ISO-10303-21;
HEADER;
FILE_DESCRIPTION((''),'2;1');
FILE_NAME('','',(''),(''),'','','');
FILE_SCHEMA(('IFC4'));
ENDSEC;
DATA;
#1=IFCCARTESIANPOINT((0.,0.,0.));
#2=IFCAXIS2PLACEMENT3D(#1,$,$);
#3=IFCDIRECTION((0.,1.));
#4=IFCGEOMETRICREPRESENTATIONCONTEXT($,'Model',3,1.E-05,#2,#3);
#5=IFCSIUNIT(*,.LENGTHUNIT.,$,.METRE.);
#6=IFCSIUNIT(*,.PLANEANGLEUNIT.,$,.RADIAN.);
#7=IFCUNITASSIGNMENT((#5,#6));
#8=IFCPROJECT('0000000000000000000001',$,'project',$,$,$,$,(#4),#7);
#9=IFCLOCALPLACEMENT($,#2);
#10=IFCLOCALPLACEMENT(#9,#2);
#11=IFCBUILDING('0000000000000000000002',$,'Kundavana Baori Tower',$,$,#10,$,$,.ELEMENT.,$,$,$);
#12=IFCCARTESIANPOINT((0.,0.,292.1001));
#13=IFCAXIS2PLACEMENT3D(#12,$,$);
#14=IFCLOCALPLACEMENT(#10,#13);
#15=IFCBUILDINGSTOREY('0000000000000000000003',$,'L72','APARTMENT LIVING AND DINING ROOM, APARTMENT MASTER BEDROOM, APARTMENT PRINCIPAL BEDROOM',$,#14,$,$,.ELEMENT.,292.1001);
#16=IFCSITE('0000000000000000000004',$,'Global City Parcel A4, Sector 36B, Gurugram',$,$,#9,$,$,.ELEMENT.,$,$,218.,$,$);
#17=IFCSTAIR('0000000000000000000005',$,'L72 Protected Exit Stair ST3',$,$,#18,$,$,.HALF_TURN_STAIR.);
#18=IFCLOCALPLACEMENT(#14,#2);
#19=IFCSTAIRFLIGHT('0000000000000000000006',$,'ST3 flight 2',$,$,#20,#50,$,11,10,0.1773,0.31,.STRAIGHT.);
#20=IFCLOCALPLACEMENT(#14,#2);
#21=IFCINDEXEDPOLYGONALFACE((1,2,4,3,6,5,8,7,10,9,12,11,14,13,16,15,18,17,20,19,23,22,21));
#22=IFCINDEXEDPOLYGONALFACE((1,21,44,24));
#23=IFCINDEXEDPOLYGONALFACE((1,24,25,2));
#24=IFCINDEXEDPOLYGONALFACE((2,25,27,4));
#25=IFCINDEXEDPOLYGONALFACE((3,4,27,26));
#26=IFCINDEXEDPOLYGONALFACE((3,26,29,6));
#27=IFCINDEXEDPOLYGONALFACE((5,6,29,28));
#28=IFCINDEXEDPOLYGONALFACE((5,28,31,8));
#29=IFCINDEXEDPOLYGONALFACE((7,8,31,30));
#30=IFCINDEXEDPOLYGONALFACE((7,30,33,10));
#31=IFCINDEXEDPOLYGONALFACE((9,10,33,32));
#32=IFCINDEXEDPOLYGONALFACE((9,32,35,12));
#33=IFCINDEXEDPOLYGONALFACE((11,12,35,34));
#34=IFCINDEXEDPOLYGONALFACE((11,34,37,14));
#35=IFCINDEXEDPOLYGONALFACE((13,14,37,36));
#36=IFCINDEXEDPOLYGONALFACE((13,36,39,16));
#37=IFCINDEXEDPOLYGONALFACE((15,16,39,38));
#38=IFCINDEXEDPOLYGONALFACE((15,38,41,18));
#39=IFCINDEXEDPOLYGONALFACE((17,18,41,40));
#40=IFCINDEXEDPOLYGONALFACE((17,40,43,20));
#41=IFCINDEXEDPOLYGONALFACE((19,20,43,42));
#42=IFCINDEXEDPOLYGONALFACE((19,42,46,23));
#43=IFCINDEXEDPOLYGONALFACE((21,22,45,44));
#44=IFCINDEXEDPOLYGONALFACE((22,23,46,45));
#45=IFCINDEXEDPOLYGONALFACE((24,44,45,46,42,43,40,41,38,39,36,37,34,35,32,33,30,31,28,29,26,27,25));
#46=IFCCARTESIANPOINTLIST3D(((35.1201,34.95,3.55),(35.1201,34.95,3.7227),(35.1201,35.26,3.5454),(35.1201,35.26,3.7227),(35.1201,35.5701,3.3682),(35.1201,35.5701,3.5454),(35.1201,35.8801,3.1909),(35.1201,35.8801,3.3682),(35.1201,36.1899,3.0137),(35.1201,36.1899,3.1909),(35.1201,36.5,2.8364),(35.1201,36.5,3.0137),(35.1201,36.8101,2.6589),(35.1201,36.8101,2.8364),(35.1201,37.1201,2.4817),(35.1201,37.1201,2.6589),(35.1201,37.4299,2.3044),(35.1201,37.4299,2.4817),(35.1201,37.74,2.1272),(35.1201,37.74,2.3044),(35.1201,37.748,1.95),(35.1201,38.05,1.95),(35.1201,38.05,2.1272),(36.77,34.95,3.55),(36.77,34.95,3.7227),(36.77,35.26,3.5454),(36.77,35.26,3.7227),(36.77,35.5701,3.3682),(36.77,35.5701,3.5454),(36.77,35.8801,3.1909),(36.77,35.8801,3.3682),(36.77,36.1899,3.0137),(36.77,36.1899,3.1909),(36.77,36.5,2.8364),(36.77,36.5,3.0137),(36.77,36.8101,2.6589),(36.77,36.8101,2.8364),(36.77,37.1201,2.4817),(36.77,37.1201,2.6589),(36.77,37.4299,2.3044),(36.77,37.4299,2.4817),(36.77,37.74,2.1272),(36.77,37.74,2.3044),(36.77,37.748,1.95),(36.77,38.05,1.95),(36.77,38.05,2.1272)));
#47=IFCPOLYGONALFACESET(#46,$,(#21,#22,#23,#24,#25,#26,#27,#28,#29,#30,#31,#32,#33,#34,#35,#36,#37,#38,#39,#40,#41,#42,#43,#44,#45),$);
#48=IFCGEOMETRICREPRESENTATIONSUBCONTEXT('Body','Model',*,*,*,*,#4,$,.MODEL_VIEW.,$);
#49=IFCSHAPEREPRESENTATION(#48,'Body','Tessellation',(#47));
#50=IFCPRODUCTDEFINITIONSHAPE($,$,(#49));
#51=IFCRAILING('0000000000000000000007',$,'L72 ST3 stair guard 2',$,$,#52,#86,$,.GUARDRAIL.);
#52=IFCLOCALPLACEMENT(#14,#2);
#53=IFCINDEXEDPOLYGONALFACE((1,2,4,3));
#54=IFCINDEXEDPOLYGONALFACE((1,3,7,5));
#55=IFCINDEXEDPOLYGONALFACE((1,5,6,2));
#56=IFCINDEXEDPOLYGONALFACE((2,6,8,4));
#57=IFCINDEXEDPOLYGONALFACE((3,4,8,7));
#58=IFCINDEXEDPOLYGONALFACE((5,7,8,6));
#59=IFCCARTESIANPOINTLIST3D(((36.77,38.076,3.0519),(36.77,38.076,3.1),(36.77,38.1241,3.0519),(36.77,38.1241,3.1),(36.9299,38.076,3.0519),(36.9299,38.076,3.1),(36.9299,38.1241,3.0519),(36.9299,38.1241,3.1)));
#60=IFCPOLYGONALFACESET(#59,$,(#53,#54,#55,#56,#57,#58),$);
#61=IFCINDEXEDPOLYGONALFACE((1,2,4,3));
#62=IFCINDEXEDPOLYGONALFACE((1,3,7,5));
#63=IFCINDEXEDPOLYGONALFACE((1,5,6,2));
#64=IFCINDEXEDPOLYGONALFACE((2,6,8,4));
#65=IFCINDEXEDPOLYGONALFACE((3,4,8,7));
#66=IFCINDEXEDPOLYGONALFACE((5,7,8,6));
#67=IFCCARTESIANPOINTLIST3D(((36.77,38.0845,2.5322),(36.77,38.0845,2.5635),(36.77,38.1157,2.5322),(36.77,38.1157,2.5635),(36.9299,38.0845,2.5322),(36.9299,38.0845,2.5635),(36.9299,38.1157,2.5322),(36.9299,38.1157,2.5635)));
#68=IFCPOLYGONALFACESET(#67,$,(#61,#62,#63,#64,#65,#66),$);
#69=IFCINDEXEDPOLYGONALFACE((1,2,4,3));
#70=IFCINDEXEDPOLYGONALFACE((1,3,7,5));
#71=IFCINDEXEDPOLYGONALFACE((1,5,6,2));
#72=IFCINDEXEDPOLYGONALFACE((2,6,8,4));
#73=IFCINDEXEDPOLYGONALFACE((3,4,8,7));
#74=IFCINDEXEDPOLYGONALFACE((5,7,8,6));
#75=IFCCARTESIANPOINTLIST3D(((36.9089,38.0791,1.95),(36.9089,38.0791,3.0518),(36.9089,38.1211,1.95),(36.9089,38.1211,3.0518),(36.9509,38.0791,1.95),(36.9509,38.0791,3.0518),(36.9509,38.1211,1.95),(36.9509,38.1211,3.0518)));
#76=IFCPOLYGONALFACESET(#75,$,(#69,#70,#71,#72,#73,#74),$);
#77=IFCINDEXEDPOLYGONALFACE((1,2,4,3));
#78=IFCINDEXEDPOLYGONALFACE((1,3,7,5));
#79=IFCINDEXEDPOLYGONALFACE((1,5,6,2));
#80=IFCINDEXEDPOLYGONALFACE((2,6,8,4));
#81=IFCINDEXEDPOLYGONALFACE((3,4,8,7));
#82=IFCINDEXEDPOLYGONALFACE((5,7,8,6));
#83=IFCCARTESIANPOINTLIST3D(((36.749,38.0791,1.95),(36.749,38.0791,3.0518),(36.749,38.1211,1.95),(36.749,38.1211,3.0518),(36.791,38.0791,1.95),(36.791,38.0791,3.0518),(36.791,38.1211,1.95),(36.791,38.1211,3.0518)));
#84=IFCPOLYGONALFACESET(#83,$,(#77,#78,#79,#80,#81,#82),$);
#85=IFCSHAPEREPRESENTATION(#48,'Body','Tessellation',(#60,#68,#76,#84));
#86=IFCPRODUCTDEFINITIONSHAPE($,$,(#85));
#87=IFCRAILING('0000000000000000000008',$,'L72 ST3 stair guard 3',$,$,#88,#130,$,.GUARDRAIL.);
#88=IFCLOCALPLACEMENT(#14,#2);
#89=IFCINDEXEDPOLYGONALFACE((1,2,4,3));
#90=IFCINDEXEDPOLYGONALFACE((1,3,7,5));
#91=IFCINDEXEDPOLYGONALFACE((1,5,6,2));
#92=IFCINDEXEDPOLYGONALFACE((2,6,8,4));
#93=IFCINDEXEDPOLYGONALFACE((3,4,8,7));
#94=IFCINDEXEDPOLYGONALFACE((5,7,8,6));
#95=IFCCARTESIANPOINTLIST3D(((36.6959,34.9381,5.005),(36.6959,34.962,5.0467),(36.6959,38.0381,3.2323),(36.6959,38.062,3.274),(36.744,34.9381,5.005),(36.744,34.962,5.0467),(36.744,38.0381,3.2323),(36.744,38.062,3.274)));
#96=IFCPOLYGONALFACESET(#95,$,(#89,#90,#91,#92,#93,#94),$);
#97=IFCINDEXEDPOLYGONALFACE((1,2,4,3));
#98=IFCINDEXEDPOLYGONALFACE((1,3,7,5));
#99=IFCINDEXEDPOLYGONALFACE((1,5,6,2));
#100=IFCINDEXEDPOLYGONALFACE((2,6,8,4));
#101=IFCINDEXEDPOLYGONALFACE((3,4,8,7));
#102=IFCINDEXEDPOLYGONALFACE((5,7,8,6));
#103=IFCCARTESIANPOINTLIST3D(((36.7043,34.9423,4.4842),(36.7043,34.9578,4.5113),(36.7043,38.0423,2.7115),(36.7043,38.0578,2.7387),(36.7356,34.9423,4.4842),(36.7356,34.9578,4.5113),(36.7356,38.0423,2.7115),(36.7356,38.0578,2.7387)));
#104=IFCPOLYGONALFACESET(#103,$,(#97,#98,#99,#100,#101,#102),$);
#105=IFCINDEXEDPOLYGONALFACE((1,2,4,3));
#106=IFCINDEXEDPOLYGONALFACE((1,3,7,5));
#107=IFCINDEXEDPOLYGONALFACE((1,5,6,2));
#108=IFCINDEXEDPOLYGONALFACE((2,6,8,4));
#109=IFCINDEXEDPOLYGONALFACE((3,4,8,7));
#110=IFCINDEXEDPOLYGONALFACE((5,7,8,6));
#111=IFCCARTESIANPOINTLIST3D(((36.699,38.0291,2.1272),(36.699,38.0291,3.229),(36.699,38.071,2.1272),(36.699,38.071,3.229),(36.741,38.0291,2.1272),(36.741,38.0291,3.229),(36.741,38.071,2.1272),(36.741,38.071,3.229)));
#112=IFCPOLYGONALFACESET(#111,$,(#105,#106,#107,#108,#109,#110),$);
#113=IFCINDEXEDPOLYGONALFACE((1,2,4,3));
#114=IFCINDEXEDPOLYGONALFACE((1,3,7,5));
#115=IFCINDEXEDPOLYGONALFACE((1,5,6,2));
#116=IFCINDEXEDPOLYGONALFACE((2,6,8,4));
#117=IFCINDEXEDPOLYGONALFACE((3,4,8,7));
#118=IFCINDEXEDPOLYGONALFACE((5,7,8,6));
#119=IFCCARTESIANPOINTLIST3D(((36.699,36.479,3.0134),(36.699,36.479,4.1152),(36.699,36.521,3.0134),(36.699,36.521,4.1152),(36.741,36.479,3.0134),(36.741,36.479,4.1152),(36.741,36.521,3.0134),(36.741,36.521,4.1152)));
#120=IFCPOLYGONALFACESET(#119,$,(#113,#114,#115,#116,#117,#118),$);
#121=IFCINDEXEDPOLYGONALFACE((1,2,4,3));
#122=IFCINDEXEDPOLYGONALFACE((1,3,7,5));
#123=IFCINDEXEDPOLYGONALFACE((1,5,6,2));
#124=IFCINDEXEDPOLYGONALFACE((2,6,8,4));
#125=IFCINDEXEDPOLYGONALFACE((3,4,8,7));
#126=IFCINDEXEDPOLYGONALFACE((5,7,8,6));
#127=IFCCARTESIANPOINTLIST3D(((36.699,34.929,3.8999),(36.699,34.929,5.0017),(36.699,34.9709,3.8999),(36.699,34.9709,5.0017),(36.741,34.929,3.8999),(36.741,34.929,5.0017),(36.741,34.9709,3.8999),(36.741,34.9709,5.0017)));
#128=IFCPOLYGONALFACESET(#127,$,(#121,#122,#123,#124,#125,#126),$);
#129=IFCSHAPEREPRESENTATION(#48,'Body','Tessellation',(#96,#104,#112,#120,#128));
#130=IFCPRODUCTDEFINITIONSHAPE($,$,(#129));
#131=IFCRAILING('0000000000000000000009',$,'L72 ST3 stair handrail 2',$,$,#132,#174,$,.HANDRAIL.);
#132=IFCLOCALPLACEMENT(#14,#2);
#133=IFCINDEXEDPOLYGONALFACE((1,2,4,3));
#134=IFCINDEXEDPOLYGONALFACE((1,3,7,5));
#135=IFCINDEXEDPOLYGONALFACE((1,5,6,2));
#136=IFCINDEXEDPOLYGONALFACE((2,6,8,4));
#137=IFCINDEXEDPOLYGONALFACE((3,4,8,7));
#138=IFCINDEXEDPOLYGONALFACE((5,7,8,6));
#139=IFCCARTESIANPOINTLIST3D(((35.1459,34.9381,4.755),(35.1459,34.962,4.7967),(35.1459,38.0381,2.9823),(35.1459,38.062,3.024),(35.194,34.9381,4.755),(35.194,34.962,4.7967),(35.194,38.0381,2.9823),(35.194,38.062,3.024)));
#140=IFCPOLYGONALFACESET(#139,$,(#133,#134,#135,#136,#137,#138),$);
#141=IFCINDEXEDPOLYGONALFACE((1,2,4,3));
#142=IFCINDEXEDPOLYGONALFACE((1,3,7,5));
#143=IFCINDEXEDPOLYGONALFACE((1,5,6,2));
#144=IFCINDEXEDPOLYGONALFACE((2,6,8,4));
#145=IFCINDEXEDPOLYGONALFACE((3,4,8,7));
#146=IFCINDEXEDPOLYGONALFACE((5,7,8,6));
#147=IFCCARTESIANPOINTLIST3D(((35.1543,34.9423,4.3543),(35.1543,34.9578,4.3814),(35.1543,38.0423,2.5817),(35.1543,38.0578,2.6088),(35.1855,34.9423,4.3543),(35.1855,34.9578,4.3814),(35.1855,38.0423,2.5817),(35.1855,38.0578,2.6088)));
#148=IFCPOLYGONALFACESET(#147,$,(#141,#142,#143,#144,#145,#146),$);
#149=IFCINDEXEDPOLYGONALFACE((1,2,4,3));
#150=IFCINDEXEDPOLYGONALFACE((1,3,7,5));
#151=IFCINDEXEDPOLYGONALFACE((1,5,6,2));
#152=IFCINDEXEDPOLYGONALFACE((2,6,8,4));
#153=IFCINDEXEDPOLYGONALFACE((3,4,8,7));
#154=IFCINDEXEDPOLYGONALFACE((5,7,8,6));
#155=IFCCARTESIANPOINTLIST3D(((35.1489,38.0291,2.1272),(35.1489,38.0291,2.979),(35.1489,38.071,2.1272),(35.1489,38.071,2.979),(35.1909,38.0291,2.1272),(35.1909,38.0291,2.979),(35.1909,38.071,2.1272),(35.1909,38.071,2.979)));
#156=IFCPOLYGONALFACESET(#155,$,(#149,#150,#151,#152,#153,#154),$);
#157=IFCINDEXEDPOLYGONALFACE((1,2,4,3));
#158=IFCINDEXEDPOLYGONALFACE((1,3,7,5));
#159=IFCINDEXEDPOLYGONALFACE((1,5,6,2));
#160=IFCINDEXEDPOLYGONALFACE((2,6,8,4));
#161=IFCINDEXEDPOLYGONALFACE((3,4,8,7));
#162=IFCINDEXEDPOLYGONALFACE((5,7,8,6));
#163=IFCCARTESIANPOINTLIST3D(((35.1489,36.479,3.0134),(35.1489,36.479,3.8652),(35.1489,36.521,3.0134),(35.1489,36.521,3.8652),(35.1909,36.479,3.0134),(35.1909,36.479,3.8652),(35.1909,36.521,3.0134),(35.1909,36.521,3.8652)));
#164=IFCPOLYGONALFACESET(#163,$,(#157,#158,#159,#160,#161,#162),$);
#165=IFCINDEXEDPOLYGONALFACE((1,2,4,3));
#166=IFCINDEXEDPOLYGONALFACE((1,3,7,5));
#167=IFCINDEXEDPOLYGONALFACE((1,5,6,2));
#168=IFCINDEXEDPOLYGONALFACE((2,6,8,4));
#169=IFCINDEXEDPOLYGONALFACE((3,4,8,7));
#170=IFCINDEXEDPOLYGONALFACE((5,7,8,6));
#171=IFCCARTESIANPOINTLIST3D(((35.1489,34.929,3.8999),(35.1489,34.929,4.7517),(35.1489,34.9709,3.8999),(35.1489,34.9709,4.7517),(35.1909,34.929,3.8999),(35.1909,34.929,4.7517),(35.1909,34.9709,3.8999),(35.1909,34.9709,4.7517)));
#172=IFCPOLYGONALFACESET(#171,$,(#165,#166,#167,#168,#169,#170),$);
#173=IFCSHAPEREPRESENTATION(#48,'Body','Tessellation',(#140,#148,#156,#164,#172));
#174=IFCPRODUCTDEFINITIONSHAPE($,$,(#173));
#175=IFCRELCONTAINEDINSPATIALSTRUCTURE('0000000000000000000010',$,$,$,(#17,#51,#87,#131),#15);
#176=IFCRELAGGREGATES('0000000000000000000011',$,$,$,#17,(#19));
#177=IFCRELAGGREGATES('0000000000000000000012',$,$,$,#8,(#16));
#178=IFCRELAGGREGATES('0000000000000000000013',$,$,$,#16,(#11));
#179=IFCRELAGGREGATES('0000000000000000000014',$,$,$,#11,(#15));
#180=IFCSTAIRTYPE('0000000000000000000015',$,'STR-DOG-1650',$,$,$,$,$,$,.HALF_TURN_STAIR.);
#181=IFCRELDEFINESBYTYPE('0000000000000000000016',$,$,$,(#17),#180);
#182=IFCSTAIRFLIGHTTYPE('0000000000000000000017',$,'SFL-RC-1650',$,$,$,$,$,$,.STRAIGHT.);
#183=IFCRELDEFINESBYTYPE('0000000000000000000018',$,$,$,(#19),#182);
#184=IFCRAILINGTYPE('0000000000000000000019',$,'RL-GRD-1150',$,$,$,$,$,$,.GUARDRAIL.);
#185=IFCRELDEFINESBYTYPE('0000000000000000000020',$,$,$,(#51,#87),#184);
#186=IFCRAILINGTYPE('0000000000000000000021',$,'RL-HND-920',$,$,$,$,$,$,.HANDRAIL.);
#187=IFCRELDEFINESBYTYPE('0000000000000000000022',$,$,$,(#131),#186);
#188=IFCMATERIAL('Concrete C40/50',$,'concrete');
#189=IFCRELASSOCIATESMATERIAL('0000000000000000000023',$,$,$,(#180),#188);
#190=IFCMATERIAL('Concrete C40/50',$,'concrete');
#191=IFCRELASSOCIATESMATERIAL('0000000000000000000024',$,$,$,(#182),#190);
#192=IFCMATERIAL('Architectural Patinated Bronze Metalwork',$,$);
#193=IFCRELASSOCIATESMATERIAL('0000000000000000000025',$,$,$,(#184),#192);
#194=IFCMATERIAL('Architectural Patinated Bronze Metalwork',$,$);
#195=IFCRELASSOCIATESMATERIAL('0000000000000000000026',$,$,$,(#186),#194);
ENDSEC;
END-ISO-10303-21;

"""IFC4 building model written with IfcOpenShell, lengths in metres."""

from ifc_helpers import new_model, si_unit, direction, frame, origin, origin_2d, place, context, subcontext, project, spatial, polyline, rectangle, outline, extrude, material, type_object, element, aggregate, save


model = new_model("IFC4")

# Units and contexts
model_context = context("Model", 3, precision=1e-05, world=origin(), true_north=direction((0.0, 1.0)))
body_context = subcontext(model_context, "Body", "Model", "MODEL_VIEW")
ifc_project = project(units=[si_unit("LENGTHUNIT", "METRE"), si_unit("PLANEANGLEUNIT", "RADIAN")], contexts=[model_context])

# Site, building, storey
site_placement = place(None, origin())
site = spatial("IfcSite", under=ifc_project, at=site_placement, Name="Global City Parcel A4, Sector 36B, Gurugram", CompositionType="ELEMENT", RefElevation=218.0)
building_placement = place(site_placement, origin())
building = spatial("IfcBuilding", under=site, at=building_placement, Name="Kundavana Baori Tower", CompositionType="ELEMENT")
storey_placement = place(building_placement, frame((0.0, 0.0, 292.1001)))
storey = spatial("IfcBuildingStorey", under=building, at=storey_placement, Name="L72", Description="APARTMENT LIVING AND DINING ROOM, APARTMENT MASTER BEDROOM, APARTMENT PRINCIPAL BEDROOM", CompositionType="ELEMENT", Elevation=292.1001)

# Stair, stair flight
ifc_material_1 = material(Name="Concrete C40/50", Category="concrete")
stair_type = type_object("IfcStairType", Name="STR-DOG-1650", PredefinedType="HALF_TURN_STAIR", material=ifc_material_1)
stair_placement = place(storey_placement, origin())
stair = element("IfcStair", 1, at=stair_placement, inside=storey, type_object=stair_type, Name="L72 Protected Exit Stair ST3", PredefinedType="HALF_TURN_STAIR")
ifc_material_2 = material(Name="Concrete C40/50", Category="concrete")
stair_flight_type = type_object("IfcStairFlightType", Name="SFL-RC-1650", PredefinedType="STRAIGHT", material=ifc_material_2)
stair_flight_placement = place(storey_placement, frame((35.9451, 38.05, 1.95), z_axis=(0.0, 0.0, 1.0), x_axis=(0.0, -1.0, 0.0)))
stair_flight = element("IfcStairFlight", 2, at=stair_flight_placement, type_object=stair_flight_type, Name="ST3 flight 2", NumberOfRisers=11, NumberOfTreads=10, PredefinedType="STRAIGHT", RiserHeight=0.1773, TreadLength=0.31, context=body_context, shape_type="SweptSolid", body=[
    extrude(outline(polyline([(0.0, 0.0), (0.0, 0.1772), (0.3101, 0.1772), (0.3101, 0.3545), (0.6201, 0.3545), (0.6201, 0.5317), (0.9299, 0.5317), (0.9299, 0.709), (1.24, 0.709), (1.24, 0.8865), (1.55, 0.8865), (1.55, 1.0637), (1.8601, 1.0637), (1.8601, 1.241), (2.1699, 1.241), (2.1699, 1.4182), (2.48, 1.4182), (2.48, 1.5955), (2.79, 1.5955), (2.79, 1.7727), (3.1001, 1.7727), (3.1001, 1.95), (3.1001, 1.6001), (0.302, 0.0), (0.0, 0.0)])), frame((0.0, 0.825, 0.0), z_axis=(0.0, -1.0, 0.0), x_axis=(1.0, 0.0, 0.0)), (0.0, 0.0, 1.0), 1.6499),
])
aggregate(stair, [stair_flight])

# Railings
ifc_material_3 = material(Name="Architectural Patinated Bronze Metalwork")
railing_type_1 = type_object("IfcRailingType", Name="RL-GRD-1150", PredefinedType="GUARDRAIL", material=ifc_material_3)
railing_1_placement = place(storey_placement, frame((36.9299, 38.1001, 1.95)))
element("IfcRailing", 3, at=railing_1_placement, inside=storey, type_object=railing_type_1, Name="L72 ST3 stair guard 2", PredefinedType="GUARDRAIL", context=body_context, shape_type="SweptSolid", body=[
    extrude(rectangle(XDim=0.0481, YDim=0.0481, at=origin_2d()), frame((0.0, 0.0, 1.126), z_axis=(-1.0, 0.0, 0.0), x_axis=(0.0, -1.0, 0.0)), (0.0, 0.0, 1.0), 0.1599),
    extrude(rectangle(XDim=0.0312, YDim=0.0312, at=origin_2d()), frame((0.0, 0.0, 0.5979), z_axis=(-1.0, 0.0, 0.0), x_axis=(0.0, -1.0, 0.0)), (0.0, 0.0, 1.0), 0.1599),
    extrude(rectangle(XDim=0.042, YDim=0.042, at=origin_2d()), origin(), (0.0, 0.0, 1.0), 1.1018),
    extrude(rectangle(XDim=0.042, YDim=0.042, at=origin_2d()), frame((-0.1599, 0.0, 0.0)), (0.0, 0.0, 1.0), 1.1018),
])
railing_2_placement = place(storey_placement, frame((36.72, 38.05, 2.1272)))
element("IfcRailing", 4, at=railing_2_placement, inside=storey, type_object=railing_type_1, Name="L72 ST3 stair guard 3", PredefinedType="GUARDRAIL", context=body_context, shape_type="SweptSolid", body=[
    extrude(rectangle(XDim=0.0481, YDim=0.0481, at=origin_2d()), frame((0.0, 0.0, 1.126), z_axis=(0.0, -0.868096, 0.496397), x_axis=(1.0, 0.0, 0.0)), (0.0, 0.0, 1.0), 3.571),
    extrude(rectangle(XDim=0.0312, YDim=0.0312, at=origin_2d()), frame((0.0, 0.0, 0.5979), z_axis=(0.0, -0.868096, 0.496397), x_axis=(1.0, 0.0, 0.0)), (0.0, 0.0, 1.0), 3.571),
    extrude(rectangle(XDim=0.042, YDim=0.042, at=origin_2d()), origin(), (0.0, 0.0, 1.0), 1.1018),
    extrude(rectangle(XDim=0.042, YDim=0.042, at=origin_2d()), frame((0.0, -1.55, 0.8862)), (0.0, 0.0, 1.0), 1.1018),
    extrude(rectangle(XDim=0.042, YDim=0.042, at=origin_2d()), frame((0.0, -3.1001, 1.7727)), (0.0, 0.0, 1.0), 1.1018),
])
ifc_material_4 = material(Name="Architectural Patinated Bronze Metalwork")
railing_type_2 = type_object("IfcRailingType", Name="RL-HND-920", PredefinedType="HANDRAIL", material=ifc_material_4)
railing_3_placement = place(storey_placement, frame((35.1699, 38.05, 2.1272)))
element("IfcRailing", 5, at=railing_3_placement, inside=storey, type_object=railing_type_2, Name="L72 ST3 stair handrail 2", PredefinedType="HANDRAIL", context=body_context, shape_type="SweptSolid", body=[
    extrude(rectangle(XDim=0.0481, YDim=0.0481, at=origin_2d()), frame((0.0, 0.0, 0.876), z_axis=(0.0, -0.868096, 0.496397), x_axis=(1.0, 0.0, 0.0)), (0.0, 0.0, 1.0), 3.571),
    extrude(rectangle(XDim=0.0312, YDim=0.0312, at=origin_2d()), frame((0.0, 0.0, 0.468), z_axis=(0.0, -0.868096, 0.496397), x_axis=(1.0, 0.0, 0.0)), (0.0, 0.0, 1.0), 3.571),
    extrude(rectangle(XDim=0.042, YDim=0.042, at=origin_2d()), origin(), (0.0, 0.0, 1.0), 0.8518),
    extrude(rectangle(XDim=0.042, YDim=0.042, at=origin_2d()), frame((0.0, -1.55, 0.8862)), (0.0, 0.0, 1.0), 0.8518),
    extrude(rectangle(XDim=0.042, YDim=0.042, at=origin_2d()), frame((0.0, -3.1001, 1.7727)), (0.0, 0.0, 1.0), 0.8518),
])

save(model, "model.ifc")
